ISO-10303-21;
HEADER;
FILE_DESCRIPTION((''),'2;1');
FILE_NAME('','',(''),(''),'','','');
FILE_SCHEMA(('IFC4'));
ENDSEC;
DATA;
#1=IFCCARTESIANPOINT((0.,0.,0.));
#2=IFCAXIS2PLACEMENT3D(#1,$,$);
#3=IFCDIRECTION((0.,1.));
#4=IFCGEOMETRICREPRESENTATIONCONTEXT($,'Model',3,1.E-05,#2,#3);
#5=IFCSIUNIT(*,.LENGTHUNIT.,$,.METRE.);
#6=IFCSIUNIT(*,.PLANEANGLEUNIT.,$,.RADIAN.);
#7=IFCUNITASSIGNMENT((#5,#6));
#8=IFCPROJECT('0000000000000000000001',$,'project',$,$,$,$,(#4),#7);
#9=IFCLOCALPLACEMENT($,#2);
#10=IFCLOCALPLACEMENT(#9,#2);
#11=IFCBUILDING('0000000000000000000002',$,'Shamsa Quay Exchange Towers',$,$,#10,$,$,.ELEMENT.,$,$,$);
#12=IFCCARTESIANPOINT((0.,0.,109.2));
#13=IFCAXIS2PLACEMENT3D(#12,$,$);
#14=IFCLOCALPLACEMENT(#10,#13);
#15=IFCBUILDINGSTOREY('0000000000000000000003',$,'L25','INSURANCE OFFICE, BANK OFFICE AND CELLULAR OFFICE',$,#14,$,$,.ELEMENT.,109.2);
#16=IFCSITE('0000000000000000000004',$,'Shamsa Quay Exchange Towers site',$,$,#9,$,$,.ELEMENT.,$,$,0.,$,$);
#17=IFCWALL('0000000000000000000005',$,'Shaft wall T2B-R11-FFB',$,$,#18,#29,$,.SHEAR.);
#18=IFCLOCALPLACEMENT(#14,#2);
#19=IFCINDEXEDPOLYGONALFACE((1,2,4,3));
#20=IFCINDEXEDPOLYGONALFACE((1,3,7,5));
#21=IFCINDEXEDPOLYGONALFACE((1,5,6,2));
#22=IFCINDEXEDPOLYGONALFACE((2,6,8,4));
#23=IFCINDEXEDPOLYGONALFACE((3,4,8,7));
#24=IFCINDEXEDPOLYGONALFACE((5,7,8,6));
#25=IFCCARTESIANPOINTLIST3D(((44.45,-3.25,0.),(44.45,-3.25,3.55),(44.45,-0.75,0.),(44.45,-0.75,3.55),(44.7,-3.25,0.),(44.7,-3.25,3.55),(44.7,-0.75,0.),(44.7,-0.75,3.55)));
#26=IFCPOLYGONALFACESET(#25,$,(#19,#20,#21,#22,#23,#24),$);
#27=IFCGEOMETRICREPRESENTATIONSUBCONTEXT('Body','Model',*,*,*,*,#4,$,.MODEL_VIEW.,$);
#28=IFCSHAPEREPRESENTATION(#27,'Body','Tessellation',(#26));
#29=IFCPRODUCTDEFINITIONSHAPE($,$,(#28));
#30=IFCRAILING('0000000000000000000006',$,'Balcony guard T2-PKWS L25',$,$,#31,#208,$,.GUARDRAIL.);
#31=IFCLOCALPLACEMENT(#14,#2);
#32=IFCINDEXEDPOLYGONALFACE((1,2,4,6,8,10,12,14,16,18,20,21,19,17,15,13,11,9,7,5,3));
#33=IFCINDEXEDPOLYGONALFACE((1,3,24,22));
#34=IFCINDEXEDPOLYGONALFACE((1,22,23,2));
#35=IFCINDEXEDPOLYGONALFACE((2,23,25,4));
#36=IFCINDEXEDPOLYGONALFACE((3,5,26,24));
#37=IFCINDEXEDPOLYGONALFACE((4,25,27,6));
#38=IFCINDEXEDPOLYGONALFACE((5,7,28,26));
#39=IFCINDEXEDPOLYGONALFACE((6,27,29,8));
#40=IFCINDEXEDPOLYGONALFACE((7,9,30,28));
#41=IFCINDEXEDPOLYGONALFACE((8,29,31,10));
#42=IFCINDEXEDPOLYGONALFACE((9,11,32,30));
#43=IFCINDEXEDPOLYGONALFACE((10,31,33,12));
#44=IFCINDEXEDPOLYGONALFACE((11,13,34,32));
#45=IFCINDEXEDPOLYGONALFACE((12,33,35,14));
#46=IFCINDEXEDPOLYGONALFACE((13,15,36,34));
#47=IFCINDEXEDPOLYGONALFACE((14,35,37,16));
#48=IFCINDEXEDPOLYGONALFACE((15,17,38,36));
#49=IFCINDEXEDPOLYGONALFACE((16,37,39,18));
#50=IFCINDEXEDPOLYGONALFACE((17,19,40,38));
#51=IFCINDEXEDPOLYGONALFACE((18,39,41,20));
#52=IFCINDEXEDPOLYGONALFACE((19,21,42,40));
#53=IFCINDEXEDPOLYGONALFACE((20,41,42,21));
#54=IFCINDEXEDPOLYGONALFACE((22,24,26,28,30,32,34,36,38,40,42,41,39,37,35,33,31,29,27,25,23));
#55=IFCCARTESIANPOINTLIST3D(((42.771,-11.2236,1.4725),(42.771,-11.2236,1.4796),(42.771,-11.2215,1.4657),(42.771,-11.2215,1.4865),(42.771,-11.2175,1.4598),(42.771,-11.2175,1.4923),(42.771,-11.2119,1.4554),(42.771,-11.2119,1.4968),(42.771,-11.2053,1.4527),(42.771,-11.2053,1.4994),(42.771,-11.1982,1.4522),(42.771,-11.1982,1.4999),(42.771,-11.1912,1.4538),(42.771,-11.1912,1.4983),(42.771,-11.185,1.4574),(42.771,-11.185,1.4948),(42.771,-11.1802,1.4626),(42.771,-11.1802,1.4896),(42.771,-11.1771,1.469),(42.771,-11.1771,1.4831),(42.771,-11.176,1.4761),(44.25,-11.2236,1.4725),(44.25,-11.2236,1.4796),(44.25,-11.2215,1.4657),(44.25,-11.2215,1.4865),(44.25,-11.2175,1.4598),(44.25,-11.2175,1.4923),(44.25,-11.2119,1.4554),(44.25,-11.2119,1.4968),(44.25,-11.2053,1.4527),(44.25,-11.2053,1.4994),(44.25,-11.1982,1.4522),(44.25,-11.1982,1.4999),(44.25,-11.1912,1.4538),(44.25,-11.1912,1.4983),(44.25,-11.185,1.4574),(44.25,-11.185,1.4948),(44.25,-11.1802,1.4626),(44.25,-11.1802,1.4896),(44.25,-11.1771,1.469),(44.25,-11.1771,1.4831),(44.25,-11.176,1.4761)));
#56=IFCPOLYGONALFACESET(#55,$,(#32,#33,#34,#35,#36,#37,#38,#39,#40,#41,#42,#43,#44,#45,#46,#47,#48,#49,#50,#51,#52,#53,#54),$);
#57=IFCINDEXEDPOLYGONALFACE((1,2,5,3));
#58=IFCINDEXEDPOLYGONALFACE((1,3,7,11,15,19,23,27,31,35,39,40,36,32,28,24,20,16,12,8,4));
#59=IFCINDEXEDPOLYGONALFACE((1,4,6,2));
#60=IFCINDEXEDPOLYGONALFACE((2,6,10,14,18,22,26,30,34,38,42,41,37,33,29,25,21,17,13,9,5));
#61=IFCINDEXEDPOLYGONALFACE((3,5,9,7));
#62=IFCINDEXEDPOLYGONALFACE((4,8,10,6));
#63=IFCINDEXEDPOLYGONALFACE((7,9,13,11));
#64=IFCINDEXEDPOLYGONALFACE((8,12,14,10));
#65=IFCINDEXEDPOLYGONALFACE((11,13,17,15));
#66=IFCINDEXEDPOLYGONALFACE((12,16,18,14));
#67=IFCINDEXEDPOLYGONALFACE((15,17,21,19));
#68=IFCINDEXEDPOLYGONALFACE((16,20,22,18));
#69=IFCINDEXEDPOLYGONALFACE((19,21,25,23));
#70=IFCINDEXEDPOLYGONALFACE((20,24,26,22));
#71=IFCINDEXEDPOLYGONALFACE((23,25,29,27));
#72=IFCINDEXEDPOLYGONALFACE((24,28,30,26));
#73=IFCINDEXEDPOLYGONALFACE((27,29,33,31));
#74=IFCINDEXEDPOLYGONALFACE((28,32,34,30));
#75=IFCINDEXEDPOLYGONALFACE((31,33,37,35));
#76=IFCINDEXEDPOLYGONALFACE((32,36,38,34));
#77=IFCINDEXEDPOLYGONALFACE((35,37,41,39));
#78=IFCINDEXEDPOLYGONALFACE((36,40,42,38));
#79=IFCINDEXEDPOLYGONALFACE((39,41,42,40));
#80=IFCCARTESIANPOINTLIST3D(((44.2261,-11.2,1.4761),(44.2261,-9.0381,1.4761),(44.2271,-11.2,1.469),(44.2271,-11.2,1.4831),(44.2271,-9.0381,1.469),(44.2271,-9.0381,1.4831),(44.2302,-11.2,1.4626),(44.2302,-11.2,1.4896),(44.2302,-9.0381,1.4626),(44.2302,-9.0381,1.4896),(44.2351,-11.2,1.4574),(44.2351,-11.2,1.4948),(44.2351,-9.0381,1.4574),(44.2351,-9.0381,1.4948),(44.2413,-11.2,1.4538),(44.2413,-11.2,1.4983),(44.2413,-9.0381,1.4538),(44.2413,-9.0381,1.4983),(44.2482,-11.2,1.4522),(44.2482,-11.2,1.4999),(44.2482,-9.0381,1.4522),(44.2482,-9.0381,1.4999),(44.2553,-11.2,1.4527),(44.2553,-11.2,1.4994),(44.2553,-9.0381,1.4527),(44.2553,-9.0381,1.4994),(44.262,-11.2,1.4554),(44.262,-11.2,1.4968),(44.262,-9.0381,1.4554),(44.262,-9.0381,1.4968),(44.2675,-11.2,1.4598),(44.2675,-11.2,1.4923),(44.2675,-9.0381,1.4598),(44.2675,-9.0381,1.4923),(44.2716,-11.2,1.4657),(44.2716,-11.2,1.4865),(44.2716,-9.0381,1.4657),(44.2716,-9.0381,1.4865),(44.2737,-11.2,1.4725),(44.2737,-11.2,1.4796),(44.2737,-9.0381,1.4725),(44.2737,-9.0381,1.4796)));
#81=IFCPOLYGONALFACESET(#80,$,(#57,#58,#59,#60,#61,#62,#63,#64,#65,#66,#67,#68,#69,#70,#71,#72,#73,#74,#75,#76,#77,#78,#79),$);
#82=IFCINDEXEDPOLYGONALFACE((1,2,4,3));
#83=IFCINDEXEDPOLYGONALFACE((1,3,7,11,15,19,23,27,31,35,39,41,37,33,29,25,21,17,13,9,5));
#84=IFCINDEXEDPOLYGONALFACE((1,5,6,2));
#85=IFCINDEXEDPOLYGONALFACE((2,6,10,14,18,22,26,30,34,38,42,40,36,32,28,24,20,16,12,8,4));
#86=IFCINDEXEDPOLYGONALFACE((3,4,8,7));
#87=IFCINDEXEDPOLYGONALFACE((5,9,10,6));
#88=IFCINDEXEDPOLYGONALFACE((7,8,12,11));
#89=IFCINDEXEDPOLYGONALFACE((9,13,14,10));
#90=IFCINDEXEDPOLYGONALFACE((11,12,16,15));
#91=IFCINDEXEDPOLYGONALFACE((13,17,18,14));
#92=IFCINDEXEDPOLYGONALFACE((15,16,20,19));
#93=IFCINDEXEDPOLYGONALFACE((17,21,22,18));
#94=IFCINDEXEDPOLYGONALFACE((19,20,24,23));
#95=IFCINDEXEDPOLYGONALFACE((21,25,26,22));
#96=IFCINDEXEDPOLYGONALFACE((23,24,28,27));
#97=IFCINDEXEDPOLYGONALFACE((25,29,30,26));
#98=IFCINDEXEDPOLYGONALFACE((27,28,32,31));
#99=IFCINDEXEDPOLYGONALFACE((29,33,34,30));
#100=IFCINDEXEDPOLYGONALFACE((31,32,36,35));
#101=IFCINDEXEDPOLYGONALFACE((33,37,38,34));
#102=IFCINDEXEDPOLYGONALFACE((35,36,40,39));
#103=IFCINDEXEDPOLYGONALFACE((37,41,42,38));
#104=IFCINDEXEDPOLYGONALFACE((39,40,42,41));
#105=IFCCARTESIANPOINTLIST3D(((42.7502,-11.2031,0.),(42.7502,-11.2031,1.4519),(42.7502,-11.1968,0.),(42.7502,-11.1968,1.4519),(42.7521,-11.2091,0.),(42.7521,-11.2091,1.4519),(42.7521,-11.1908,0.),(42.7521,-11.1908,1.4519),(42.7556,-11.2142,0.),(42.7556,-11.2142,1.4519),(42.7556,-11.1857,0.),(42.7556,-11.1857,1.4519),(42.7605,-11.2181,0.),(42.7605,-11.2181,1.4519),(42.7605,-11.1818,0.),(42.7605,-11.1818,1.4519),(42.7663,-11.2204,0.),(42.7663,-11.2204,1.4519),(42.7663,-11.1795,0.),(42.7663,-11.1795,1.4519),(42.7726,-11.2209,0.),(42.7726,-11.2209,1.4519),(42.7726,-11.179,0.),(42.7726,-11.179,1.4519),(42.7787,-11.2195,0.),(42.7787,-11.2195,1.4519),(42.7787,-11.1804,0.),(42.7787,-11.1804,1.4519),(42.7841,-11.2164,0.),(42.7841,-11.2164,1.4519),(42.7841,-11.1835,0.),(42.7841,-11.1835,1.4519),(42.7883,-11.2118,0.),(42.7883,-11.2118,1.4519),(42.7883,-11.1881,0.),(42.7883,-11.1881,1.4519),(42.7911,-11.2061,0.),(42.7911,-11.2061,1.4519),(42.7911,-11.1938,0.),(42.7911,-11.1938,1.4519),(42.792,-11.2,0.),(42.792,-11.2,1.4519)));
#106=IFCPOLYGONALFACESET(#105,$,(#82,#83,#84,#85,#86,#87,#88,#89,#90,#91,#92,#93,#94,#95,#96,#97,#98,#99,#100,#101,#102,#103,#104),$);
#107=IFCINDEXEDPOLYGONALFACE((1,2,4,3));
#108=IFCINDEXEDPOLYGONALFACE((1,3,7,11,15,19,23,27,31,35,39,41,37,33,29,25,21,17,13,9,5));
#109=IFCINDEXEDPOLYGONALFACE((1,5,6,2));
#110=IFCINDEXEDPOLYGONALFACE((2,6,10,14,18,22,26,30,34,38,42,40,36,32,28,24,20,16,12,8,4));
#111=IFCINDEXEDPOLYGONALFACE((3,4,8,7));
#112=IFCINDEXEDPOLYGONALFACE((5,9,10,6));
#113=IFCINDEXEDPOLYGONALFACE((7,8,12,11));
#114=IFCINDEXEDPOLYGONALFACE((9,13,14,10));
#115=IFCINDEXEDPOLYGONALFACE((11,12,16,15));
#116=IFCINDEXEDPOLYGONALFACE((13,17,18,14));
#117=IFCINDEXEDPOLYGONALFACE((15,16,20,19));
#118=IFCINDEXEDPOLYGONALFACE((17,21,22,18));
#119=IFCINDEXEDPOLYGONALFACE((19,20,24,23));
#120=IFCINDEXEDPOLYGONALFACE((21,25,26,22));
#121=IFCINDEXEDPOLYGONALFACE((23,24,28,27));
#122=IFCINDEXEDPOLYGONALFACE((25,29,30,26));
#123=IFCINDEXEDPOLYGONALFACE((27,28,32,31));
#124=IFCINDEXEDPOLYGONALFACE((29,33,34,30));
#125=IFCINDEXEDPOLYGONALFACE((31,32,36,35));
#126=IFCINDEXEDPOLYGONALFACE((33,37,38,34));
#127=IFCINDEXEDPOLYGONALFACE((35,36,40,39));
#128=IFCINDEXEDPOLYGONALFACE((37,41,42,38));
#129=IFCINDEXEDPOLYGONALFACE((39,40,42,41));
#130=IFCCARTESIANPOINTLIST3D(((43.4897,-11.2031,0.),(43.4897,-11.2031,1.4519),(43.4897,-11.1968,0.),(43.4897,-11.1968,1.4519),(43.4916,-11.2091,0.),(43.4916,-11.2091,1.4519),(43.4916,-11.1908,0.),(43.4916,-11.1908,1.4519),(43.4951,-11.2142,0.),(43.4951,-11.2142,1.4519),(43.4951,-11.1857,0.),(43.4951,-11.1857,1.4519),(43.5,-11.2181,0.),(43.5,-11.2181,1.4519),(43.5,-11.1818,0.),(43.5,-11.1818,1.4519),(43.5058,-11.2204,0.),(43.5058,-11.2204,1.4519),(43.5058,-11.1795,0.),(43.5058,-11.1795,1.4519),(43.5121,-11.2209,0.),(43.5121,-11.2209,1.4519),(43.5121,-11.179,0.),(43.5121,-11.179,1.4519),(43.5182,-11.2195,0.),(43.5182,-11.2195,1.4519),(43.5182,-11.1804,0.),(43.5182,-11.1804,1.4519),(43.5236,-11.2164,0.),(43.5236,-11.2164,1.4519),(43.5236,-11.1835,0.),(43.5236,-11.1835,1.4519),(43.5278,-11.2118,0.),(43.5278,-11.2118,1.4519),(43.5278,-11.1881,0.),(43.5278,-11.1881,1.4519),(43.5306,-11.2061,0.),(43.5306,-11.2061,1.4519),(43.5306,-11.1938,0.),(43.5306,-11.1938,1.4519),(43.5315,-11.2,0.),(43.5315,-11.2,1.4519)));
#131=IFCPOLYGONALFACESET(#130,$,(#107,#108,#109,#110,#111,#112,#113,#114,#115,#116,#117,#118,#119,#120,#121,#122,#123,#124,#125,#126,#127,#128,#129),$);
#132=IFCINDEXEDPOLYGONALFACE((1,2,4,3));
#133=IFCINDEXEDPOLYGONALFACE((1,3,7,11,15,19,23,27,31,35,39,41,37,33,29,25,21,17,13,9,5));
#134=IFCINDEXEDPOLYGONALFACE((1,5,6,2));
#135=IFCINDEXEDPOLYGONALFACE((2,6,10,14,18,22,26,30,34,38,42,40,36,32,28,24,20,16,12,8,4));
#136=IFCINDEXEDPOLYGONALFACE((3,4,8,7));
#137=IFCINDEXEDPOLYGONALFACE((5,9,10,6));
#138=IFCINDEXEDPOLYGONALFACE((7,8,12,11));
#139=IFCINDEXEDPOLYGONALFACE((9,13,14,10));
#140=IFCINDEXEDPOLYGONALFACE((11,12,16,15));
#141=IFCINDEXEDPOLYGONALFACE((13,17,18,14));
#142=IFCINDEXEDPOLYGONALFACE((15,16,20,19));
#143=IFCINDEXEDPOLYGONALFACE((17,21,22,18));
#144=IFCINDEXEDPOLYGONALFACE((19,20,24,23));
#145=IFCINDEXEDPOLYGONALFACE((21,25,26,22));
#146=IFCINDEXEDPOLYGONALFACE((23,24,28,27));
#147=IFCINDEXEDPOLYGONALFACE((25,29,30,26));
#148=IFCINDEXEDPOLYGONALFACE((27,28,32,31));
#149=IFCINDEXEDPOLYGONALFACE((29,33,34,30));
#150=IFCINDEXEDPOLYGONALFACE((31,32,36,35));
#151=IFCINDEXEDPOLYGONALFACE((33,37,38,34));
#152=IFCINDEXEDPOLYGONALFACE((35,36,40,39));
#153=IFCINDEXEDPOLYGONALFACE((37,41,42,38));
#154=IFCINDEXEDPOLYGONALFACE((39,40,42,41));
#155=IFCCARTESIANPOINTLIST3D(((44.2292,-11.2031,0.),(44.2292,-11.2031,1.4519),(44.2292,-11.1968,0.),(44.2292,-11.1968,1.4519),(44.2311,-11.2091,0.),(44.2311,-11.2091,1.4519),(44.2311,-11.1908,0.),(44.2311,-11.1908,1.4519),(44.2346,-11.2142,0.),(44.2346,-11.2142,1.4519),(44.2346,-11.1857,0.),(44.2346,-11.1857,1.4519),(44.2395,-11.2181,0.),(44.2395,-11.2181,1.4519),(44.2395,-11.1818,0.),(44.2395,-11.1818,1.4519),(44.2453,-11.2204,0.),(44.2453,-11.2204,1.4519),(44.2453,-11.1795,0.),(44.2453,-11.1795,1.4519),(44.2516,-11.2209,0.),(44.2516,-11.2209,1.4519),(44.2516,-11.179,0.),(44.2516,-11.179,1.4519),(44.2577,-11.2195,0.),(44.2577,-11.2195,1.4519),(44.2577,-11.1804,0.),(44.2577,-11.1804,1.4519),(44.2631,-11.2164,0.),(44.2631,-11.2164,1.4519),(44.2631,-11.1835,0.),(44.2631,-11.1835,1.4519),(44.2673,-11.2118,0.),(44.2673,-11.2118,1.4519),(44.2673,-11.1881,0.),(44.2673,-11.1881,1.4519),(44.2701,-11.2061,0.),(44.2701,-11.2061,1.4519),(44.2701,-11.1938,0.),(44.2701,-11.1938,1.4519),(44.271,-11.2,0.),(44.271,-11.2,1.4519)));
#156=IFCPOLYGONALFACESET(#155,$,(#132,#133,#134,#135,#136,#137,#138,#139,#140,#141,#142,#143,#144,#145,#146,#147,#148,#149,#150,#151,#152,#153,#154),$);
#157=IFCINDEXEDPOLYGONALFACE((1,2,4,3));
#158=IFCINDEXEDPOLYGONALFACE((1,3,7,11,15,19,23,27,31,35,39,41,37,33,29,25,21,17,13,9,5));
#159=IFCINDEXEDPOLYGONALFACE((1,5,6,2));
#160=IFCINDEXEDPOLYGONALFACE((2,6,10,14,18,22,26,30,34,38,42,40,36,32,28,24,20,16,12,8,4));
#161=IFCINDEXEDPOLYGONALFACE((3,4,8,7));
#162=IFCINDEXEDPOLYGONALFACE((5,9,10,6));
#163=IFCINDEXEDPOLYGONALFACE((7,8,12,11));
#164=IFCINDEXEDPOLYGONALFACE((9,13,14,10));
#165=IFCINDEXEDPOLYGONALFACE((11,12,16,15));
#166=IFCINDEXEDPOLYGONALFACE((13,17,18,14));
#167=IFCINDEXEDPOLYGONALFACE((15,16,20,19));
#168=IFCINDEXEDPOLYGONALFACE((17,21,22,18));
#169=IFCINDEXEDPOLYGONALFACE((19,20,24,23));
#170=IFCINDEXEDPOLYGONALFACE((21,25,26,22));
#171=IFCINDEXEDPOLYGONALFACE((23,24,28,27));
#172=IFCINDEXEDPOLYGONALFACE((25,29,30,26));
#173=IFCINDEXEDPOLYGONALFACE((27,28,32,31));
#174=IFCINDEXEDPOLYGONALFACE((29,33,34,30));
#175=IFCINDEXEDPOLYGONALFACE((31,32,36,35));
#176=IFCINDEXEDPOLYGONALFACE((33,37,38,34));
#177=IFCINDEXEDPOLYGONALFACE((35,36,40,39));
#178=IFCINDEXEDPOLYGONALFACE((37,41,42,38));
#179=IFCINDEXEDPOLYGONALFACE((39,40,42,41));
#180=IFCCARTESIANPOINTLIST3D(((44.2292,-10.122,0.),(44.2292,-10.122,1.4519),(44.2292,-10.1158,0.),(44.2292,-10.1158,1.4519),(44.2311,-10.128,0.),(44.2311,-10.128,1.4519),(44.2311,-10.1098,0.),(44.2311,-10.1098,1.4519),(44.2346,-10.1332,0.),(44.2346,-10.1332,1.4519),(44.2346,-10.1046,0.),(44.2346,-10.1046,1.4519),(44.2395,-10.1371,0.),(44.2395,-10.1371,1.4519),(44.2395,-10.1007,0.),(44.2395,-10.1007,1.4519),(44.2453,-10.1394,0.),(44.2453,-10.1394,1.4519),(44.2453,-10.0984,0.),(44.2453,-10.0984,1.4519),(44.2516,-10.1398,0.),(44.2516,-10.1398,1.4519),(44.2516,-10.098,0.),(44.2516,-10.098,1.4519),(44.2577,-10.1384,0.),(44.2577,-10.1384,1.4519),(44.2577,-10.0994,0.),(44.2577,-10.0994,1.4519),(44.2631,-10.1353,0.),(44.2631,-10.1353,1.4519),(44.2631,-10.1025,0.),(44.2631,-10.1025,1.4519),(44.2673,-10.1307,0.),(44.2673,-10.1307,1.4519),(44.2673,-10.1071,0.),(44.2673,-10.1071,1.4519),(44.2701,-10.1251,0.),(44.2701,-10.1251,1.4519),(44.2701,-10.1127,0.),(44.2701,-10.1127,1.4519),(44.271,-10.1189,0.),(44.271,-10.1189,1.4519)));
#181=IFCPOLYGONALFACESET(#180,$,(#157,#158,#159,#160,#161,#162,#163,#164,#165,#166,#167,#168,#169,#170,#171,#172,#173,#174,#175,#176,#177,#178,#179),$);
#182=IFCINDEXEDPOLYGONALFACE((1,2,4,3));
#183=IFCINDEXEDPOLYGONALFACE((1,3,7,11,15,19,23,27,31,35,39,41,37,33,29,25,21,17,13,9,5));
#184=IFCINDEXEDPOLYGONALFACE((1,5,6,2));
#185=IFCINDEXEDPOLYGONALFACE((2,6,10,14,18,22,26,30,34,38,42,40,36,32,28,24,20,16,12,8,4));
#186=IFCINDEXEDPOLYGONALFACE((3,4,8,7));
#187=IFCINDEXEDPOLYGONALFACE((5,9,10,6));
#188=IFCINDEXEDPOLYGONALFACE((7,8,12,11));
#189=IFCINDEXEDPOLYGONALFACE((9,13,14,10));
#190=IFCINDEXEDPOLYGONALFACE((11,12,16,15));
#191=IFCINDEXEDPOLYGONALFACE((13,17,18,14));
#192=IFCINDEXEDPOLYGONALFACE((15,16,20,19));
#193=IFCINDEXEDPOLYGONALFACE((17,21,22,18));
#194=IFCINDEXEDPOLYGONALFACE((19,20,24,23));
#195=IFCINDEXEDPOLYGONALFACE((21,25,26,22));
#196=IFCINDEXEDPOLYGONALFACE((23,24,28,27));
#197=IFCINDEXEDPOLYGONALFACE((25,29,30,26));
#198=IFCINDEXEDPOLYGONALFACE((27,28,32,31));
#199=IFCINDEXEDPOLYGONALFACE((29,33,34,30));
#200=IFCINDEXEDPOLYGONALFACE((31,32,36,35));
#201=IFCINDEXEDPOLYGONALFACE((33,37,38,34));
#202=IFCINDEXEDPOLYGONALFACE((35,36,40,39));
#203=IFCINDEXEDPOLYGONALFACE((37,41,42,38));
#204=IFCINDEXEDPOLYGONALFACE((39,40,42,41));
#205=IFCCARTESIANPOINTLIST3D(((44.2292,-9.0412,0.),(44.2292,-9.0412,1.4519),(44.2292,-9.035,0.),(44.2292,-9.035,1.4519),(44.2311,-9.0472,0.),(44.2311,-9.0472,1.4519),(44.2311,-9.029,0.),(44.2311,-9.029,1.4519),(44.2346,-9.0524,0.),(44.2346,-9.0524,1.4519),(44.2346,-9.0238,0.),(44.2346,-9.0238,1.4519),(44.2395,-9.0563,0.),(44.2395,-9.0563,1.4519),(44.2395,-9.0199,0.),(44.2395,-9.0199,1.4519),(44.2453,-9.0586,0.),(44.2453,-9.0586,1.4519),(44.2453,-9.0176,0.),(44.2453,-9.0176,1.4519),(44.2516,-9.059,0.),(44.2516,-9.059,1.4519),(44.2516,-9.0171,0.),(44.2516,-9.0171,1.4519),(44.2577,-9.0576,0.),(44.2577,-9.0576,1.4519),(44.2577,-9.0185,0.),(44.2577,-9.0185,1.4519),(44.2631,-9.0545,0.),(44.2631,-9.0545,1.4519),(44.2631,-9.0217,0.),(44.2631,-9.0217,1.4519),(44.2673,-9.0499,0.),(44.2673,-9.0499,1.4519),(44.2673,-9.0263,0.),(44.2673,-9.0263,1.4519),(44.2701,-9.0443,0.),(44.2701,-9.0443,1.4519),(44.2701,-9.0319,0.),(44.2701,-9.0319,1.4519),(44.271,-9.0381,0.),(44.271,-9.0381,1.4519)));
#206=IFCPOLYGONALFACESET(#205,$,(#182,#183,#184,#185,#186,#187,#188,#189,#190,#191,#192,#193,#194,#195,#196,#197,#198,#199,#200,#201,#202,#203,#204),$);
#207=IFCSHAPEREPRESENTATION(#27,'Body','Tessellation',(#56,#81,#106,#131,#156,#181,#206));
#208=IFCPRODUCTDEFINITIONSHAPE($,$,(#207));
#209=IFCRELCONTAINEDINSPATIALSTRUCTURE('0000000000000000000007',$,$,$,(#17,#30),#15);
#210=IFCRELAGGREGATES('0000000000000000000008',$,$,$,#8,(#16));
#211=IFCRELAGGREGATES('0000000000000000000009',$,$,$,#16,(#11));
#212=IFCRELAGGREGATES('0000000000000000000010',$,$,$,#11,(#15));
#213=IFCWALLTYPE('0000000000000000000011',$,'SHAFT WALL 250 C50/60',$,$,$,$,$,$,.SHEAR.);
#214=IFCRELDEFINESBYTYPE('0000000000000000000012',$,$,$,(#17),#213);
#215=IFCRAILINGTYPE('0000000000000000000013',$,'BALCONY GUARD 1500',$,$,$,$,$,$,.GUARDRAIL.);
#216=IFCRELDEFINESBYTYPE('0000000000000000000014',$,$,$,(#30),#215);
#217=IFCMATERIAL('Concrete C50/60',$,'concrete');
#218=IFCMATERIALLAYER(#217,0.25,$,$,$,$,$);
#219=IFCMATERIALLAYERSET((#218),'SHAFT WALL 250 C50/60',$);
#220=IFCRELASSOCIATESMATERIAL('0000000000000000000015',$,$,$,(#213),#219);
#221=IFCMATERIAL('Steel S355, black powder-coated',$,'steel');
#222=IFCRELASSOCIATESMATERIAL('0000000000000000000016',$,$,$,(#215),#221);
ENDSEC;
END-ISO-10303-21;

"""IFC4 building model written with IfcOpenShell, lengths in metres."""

from ifc_helpers import new_model, si_unit, direction, frame, frame_2d, origin, origin_2d, place, context, subcontext, project, spatial, rectangle, circle, extrude, material, layer, layer_set, type_object, element, save


model = new_model("IFC4")

# Units and contexts
model_context = context("Model", 3, precision=1e-05, world=origin(), true_north=direction((0.0, 1.0)))
body_context = subcontext(model_context, "Body", "Model", "MODEL_VIEW")
ifc_project = project(units=[si_unit("LENGTHUNIT", "METRE"), si_unit("PLANEANGLEUNIT", "RADIAN")], contexts=[model_context])

# Site, building, storey
site_placement = place(None, origin())
site = spatial("IfcSite", under=ifc_project, at=site_placement, Name="Shamsa Quay Exchange Towers site", CompositionType="ELEMENT", RefElevation=0.0)
building_placement = place(site_placement, origin())
building = spatial("IfcBuilding", under=site, at=building_placement, Name="Shamsa Quay Exchange Towers", CompositionType="ELEMENT")
storey_placement = place(building_placement, frame((0.0, 0.0, 109.2)))
storey = spatial("IfcBuildingStorey", under=building, at=storey_placement, Name="L25", Description="INSURANCE OFFICE, BANK OFFICE AND CELLULAR OFFICE", CompositionType="ELEMENT", Elevation=109.2)

# Wall
ifc_material_1 = material(Name="Concrete C50/60", Category="concrete")
ifc_layer_1 = layer(ifc_material_1, 0.25)
ifc_layer_set_1 = layer_set([ifc_layer_1], Name="SHAFT WALL 250 C50/60")
wall_type_1 = type_object("IfcWallType", Name="SHAFT WALL 250 C50/60", PredefinedType="SHEAR", material=ifc_layer_set_1)
wall_1_placement = place(storey_placement, frame((44.575, -3.25, 0.0), z_axis=(0.0, 0.0, 1.0), x_axis=(0.0, 1.0, 0.0)))
element("IfcWall", 1, at=wall_1_placement, inside=storey, type_object=wall_type_1, Name="Shaft wall T2B-R11-FFB", PredefinedType="SHEAR", context=body_context, shape_type="SweptSolid", body=[
    extrude(rectangle(XDim=2.5, YDim=0.25, at=frame_2d((1.25, 0.0))), origin(), (0.0, 0.0, 1.0), 3.55),
])

# Railing
ifc_material_2 = material(Name="Steel S355, black powder-coated", Category="steel")
railing_type = type_object("IfcRailingType", Name="BALCONY GUARD 1500", PredefinedType="GUARDRAIL", material=ifc_material_2)
railing_placement = place(storey_placement, frame((42.771, -11.2, 0.0)))
element("IfcRailing", 2, at=railing_placement, inside=storey, type_object=railing_type, Name="Balcony guard T2-PKWS L25", PredefinedType="GUARDRAIL", context=body_context, shape_type="SweptSolid", body=[
    extrude(circle(Radius=0.0239, at=origin_2d()), frame((0.0, 0.0, 1.4761), z_axis=(1.0, 0.0, 0.0), x_axis=(0.0, 1.0, 0.0)), (0.0, 0.0, 1.0), 1.479),
    extrude(circle(Radius=0.0239, at=origin_2d()), frame((1.479, 0.0, 1.4761), z_axis=(0.0, 1.0, 0.0), x_axis=(-1.0, 0.0, 0.0)), (0.0, 0.0, 1.0), 2.1619),
    extrude(circle(Radius=0.021, at=origin_2d()), origin(), (0.0, 0.0, 1.0), 1.4519),
    extrude(circle(Radius=0.021, at=origin_2d()), frame((0.7395, 0.0, 0.0)), (0.0, 0.0, 1.0), 1.4519),
    extrude(circle(Radius=0.021, at=origin_2d()), frame((1.479, 0.0, 0.0)), (0.0, 0.0, 1.0), 1.4519),
    extrude(circle(Radius=0.021, at=origin_2d()), frame((1.479, 1.0811, 0.0)), (0.0, 0.0, 1.0), 1.4519),
    extrude(circle(Radius=0.021, at=origin_2d()), frame((1.479, 2.1619, 0.0)), (0.0, 0.0, 1.0), 1.4519),
])

save(model, "model.ifc")
